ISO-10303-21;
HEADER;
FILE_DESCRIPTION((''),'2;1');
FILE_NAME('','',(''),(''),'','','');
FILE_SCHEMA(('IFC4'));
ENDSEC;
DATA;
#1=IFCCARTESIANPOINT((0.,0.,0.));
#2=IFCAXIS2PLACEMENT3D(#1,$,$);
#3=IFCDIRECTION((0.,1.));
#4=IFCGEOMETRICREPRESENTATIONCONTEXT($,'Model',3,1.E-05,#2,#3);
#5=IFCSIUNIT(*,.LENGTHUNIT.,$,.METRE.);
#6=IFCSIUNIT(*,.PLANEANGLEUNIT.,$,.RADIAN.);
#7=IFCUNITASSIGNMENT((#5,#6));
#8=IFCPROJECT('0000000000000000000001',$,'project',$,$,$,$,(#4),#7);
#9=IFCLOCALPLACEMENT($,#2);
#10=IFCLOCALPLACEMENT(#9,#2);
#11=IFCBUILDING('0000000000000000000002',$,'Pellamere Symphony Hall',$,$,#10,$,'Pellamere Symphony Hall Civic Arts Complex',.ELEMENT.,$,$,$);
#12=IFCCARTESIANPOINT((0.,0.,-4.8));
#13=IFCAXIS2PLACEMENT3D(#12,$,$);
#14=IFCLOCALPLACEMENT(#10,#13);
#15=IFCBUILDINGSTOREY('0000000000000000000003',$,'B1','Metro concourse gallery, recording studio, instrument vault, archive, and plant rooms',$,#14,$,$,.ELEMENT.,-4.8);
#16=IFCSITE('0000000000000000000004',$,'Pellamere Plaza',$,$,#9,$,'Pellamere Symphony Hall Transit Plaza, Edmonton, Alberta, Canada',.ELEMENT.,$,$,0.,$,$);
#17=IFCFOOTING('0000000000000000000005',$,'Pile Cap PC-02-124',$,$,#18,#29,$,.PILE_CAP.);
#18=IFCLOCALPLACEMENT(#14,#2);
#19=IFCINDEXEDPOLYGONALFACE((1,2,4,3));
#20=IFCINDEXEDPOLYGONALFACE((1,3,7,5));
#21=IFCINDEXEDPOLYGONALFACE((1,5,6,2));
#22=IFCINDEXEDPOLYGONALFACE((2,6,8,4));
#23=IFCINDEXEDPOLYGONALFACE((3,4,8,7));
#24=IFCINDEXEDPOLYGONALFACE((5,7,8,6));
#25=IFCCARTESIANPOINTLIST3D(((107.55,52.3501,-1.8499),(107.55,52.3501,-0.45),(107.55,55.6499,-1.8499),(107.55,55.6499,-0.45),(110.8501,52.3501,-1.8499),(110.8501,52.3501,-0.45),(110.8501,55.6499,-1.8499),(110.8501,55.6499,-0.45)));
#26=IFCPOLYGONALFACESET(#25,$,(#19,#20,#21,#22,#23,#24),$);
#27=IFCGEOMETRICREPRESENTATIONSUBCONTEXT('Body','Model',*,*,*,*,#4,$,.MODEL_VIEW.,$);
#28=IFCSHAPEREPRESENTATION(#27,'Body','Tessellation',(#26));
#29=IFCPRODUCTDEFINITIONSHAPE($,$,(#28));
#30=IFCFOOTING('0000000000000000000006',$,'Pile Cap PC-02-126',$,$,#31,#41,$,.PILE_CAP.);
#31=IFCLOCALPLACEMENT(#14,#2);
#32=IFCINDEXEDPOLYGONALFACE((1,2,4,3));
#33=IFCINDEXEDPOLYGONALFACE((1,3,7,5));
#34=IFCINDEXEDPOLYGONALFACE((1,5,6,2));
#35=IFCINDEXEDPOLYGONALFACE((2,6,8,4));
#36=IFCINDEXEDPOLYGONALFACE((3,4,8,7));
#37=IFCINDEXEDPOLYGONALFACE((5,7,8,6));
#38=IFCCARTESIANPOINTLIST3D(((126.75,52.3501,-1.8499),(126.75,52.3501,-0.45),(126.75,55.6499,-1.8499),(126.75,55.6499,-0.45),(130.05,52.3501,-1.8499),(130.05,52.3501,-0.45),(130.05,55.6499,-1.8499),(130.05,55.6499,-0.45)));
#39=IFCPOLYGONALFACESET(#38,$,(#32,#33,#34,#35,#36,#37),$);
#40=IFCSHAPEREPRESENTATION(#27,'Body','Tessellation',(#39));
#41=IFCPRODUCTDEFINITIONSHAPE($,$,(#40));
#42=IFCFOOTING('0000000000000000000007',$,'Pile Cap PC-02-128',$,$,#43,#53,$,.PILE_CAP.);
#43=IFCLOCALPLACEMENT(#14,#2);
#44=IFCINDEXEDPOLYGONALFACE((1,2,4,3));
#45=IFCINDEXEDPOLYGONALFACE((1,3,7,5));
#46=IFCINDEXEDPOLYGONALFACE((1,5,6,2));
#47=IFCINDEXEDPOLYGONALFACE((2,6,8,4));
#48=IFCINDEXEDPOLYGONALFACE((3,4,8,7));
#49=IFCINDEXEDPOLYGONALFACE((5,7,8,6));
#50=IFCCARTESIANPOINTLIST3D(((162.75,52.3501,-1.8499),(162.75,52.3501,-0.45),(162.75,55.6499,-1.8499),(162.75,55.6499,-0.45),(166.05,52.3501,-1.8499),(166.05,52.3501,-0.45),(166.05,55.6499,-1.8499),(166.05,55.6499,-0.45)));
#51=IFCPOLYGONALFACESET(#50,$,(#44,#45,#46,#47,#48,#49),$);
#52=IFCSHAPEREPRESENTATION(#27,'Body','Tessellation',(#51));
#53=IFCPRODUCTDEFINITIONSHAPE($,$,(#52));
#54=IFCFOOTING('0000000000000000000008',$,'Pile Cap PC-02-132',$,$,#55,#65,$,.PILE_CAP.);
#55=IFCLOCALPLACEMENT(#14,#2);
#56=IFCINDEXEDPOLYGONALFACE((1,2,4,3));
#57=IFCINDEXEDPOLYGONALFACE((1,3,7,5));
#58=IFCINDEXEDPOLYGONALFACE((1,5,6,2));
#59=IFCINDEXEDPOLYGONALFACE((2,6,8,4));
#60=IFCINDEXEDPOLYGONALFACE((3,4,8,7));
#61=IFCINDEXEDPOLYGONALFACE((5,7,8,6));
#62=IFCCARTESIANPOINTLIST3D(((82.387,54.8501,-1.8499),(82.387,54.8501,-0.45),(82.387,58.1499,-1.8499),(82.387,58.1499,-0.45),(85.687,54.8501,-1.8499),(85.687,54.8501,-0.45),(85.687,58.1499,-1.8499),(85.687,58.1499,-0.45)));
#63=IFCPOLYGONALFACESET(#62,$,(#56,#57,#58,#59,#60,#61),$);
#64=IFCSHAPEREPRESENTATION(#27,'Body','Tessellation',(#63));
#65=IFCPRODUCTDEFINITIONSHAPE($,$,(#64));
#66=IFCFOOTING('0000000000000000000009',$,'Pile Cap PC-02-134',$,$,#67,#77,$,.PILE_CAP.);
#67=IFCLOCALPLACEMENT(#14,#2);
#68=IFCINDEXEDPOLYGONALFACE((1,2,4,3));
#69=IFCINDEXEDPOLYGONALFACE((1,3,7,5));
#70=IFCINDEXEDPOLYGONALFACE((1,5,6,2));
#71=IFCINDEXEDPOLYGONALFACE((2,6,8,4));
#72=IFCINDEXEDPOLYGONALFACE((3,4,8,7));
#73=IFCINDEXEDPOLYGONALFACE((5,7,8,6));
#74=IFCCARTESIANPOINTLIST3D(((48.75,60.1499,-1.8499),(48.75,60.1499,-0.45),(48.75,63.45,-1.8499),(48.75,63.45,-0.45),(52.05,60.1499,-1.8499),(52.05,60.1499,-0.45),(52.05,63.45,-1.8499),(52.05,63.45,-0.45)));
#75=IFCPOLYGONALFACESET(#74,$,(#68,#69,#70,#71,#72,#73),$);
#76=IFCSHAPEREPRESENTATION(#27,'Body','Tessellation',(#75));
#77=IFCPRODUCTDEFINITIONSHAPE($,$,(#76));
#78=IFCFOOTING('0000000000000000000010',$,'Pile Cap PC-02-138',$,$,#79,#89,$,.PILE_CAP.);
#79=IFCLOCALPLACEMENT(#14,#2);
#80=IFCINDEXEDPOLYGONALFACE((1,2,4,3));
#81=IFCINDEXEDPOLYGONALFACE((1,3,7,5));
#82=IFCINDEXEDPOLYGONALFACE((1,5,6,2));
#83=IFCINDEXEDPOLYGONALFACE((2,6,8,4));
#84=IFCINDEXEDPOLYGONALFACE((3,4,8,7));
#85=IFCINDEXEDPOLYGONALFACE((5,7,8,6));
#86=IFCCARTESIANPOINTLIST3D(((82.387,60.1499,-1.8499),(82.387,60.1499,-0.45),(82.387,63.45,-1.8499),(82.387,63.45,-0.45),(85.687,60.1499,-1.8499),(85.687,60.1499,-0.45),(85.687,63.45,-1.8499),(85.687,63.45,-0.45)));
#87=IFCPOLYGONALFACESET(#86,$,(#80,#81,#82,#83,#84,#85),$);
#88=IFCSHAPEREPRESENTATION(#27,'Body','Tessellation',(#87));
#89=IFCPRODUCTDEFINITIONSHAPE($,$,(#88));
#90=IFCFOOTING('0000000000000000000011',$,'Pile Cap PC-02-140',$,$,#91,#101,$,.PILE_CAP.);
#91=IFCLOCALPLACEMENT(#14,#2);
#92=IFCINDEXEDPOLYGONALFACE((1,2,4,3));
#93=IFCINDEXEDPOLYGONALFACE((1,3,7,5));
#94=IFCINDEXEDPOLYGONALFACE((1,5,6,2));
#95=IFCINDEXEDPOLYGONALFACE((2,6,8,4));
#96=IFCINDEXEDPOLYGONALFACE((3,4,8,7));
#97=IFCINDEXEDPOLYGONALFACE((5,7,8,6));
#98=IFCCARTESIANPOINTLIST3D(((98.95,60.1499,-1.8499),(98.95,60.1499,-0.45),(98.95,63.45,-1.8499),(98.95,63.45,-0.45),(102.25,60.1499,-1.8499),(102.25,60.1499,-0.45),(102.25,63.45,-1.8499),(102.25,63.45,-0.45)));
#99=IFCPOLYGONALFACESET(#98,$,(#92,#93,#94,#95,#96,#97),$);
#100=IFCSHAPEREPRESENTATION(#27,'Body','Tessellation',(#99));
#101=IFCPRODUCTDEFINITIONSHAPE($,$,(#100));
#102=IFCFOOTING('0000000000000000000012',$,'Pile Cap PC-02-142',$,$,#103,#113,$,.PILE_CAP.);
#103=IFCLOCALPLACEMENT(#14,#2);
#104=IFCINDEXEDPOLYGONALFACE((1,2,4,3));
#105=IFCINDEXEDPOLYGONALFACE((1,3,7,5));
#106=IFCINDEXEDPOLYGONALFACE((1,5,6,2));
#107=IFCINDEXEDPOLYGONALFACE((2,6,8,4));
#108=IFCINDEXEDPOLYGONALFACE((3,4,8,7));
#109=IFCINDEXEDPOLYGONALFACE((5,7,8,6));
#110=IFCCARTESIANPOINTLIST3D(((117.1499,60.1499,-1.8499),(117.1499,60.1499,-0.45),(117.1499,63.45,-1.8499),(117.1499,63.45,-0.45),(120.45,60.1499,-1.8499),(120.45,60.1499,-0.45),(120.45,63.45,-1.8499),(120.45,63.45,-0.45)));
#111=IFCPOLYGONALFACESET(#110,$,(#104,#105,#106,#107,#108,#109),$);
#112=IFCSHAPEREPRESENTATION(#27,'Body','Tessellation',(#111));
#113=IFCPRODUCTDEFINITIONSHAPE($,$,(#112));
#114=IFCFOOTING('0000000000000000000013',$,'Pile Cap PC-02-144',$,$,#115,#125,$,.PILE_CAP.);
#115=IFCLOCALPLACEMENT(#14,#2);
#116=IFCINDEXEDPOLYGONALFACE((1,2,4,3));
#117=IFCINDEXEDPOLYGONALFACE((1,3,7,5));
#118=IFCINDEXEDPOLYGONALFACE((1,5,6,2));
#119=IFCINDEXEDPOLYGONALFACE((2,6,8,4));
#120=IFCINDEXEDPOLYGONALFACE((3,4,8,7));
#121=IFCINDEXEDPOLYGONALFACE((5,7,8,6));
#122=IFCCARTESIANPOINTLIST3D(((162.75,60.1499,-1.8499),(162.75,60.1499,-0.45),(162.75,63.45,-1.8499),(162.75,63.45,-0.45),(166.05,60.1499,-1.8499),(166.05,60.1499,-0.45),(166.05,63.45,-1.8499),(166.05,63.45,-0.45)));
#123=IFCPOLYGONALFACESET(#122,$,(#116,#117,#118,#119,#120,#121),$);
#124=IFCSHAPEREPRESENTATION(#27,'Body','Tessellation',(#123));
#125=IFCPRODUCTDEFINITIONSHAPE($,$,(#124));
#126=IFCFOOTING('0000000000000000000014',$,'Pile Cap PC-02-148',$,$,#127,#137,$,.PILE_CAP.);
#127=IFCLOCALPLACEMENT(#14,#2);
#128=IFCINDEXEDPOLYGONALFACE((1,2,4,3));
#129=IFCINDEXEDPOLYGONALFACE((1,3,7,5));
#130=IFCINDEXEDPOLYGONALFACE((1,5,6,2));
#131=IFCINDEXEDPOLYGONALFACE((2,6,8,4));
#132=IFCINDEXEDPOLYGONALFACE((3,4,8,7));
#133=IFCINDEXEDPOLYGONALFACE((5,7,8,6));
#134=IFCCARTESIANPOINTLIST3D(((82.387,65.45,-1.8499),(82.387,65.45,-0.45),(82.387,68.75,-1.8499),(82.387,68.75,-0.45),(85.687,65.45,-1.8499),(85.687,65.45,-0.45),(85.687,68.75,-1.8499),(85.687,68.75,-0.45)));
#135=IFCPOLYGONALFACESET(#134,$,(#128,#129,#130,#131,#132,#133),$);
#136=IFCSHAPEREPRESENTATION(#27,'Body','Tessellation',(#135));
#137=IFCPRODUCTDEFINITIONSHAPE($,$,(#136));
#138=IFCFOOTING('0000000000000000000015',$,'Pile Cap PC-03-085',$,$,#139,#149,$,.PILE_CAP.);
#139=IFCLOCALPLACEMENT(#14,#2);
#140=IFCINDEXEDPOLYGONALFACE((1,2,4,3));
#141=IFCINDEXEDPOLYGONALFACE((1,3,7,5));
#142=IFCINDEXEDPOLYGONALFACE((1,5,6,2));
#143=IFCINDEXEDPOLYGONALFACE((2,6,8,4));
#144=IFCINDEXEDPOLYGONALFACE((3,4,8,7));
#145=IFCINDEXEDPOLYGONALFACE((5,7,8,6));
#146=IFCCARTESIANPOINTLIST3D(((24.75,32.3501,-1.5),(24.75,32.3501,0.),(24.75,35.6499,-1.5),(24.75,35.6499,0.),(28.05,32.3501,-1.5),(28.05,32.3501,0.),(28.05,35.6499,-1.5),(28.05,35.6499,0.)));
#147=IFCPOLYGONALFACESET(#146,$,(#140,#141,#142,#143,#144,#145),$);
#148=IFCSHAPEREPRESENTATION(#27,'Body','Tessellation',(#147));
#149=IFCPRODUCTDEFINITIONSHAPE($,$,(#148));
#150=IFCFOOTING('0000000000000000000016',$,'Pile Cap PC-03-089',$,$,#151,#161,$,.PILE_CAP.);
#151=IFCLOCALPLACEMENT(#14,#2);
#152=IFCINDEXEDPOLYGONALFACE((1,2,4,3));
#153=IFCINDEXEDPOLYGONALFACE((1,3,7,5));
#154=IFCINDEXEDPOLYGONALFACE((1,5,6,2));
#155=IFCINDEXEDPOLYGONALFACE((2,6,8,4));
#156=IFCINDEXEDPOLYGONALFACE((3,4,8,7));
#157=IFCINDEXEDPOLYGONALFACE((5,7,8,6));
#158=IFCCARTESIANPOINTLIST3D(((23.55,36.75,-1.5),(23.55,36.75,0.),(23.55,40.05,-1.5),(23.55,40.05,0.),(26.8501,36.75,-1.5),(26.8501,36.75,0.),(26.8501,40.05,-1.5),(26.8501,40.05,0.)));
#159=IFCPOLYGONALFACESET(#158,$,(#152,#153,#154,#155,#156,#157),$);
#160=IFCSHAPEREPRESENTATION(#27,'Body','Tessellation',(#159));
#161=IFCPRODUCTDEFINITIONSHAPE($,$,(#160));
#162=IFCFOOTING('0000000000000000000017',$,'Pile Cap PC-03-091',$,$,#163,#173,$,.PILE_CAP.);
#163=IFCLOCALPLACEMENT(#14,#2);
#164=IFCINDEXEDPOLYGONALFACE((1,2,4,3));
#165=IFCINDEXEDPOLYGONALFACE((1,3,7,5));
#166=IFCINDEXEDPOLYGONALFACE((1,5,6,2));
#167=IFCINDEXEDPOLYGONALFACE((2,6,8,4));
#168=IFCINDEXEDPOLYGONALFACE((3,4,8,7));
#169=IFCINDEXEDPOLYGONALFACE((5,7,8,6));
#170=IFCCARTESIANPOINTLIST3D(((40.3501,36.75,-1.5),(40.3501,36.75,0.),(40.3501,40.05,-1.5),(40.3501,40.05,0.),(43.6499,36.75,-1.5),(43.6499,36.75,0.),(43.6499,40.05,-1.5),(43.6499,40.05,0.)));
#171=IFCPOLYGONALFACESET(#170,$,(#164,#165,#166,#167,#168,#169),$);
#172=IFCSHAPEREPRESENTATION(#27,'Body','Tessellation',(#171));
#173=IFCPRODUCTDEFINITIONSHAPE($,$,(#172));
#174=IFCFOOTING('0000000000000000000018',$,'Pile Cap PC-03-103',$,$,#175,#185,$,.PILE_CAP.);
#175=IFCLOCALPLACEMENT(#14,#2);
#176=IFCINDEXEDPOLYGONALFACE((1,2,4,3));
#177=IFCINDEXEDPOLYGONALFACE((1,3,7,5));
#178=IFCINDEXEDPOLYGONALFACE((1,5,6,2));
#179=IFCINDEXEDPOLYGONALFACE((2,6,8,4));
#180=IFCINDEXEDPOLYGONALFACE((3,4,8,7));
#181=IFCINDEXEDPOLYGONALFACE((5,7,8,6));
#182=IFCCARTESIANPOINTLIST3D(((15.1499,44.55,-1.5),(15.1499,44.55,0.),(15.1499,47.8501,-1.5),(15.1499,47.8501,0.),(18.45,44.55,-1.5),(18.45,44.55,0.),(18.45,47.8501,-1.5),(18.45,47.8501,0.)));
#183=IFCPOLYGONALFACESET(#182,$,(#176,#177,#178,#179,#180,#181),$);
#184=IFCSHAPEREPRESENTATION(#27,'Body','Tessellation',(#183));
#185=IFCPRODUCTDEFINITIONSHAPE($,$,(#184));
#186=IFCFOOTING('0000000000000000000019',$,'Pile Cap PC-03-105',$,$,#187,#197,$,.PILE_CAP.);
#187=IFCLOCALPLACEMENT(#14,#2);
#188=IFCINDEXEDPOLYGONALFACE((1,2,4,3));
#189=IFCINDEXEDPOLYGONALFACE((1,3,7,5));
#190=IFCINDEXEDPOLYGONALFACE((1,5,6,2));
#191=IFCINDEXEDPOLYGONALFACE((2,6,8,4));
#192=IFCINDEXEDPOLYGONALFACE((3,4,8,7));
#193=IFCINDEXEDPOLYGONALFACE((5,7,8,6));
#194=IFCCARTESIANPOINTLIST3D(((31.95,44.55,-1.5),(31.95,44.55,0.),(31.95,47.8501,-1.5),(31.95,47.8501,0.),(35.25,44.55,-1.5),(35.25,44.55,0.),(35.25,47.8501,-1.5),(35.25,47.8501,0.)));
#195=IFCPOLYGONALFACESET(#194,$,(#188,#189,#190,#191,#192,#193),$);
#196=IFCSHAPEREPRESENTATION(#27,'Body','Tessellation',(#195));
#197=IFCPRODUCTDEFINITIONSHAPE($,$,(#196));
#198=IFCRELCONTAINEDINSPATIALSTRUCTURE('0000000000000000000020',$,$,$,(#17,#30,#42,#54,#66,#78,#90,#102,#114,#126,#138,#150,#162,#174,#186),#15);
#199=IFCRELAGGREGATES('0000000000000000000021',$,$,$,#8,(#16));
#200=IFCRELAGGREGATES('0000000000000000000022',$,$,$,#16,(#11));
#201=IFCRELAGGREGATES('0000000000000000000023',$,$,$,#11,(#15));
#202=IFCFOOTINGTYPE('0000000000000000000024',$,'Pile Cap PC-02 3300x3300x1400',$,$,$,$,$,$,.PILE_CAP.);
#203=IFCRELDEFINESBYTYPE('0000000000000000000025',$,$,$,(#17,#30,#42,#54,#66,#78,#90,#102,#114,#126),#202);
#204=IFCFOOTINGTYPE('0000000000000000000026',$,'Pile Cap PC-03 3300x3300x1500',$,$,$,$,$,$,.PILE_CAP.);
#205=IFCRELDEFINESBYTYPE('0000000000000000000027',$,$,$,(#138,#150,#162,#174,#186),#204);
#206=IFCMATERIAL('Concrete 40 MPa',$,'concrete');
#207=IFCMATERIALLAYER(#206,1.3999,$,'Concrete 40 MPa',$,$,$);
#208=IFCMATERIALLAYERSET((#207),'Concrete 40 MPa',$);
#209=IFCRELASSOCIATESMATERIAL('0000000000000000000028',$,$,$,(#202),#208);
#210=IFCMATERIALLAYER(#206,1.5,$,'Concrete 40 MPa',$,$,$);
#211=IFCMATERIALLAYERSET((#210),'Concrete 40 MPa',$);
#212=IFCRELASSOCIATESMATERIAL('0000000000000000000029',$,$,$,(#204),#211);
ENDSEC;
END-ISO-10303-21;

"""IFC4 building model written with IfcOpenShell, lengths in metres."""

from ifc_helpers import new_model, si_unit, direction, frame, origin, place, context, subcontext, project, spatial, polyline, outline, extrude, material, layer, layer_set, type_object, element, save


model = new_model("IFC4")

# Units and contexts
model_context = context("Model", 3, precision=1e-05, world=origin(), true_north=direction((0.0, 1.0)))
body_context = subcontext(model_context, "Body", "Model", "MODEL_VIEW")
ifc_project = project(units=[si_unit("LENGTHUNIT", "METRE"), si_unit("PLANEANGLEUNIT", "RADIAN")], contexts=[model_context])

# Site, building, storey
site_placement = place(None, origin())
site = spatial("IfcSite", under=ifc_project, at=site_placement, Name="Pellamere Plaza", LongName="Pellamere Symphony Hall Transit Plaza, Edmonton, Alberta, Canada", CompositionType="ELEMENT", RefElevation=0.0)
building_placement = place(site_placement, origin())
building = spatial("IfcBuilding", under=site, at=building_placement, Name="Pellamere Symphony Hall", LongName="Pellamere Symphony Hall Civic Arts Complex", CompositionType="ELEMENT")
storey_placement = place(building_placement, frame((0.0, 0.0, -4.8)))
storey = spatial("IfcBuildingStorey", under=building, at=storey_placement, Name="B1", Description="Metro concourse gallery, recording studio, instrument vault, archive, and plant rooms", CompositionType="ELEMENT", Elevation=-4.8)

# Footings
ifc_material = material(Name="Concrete 40 MPa", Category="concrete")
ifc_layer_1 = layer(ifc_material, 1.3999, Name="Concrete 40 MPa")
ifc_layer_set_1 = layer_set([ifc_layer_1], Name="Concrete 40 MPa")
footing_type_1 = type_object("IfcFootingType", Name="Pile Cap PC-02 3300x3300x1400", PredefinedType="PILE_CAP", material=ifc_layer_set_1)
footing_1_placement = place(storey_placement, frame((0.0, 0.0, -1.8499)))
element("IfcFooting", 1, at=footing_1_placement, inside=storey, type_object=footing_type_1, Name="Pile Cap PC-02-124", PredefinedType="PILE_CAP", context=body_context, shape_type="SweptSolid", body=[
    extrude(outline(polyline([(110.8501, 52.3501), (107.55, 52.3501), (107.55, 55.6499), (110.8501, 55.6499), (110.8501, 52.3501)])), origin(), (0.0, 0.0, 1.0), 1.3999),
])
footing_2_placement = place(storey_placement, frame((0.0, 0.0, -1.8499)))
element("IfcFooting", 2, at=footing_2_placement, inside=storey, type_object=footing_type_1, Name="Pile Cap PC-02-126", PredefinedType="PILE_CAP", context=body_context, shape_type="SweptSolid", body=[
    extrude(outline(polyline([(130.05, 52.3501), (126.75, 52.3501), (126.75, 55.6499), (130.05, 55.6499), (130.05, 52.3501)])), origin(), (0.0, 0.0, 1.0), 1.3999),
])
footing_3_placement = place(storey_placement, frame((0.0, 0.0, -1.8499)))
element("IfcFooting", 3, at=footing_3_placement, inside=storey, type_object=footing_type_1, Name="Pile Cap PC-02-128", PredefinedType="PILE_CAP", context=body_context, shape_type="SweptSolid", body=[
    extrude(outline(polyline([(162.75, 52.3501), (162.75, 55.6499), (166.05, 55.6499), (166.05, 52.3501), (162.75, 52.3501)])), origin(), (0.0, 0.0, 1.0), 1.3999),
])
footing_4_placement = place(storey_placement, frame((0.0, 0.0, -1.8499)))
element("IfcFooting", 4, at=footing_4_placement, inside=storey, type_object=footing_type_1, Name="Pile Cap PC-02-132", PredefinedType="PILE_CAP", context=body_context, shape_type="SweptSolid", body=[
    extrude(outline(polyline([(82.387, 54.8501), (82.387, 58.1499), (85.687, 58.1499), (85.687, 54.8501), (82.387, 54.8501)])), origin(), (0.0, 0.0, 1.0), 1.3999),
])
footing_5_placement = place(storey_placement, frame((0.0, 0.0, -1.8499)))
element("IfcFooting", 5, at=footing_5_placement, inside=storey, type_object=footing_type_1, Name="Pile Cap PC-02-134", PredefinedType="PILE_CAP", context=body_context, shape_type="SweptSolid", body=[
    extrude(outline(polyline([(48.75, 60.1499), (48.75, 63.45), (52.05, 63.45), (52.05, 60.1499), (48.75, 60.1499)])), origin(), (0.0, 0.0, 1.0), 1.3999),
])
footing_6_placement = place(storey_placement, frame((0.0, 0.0, -1.8499)))
element("IfcFooting", 6, at=footing_6_placement, inside=storey, type_object=footing_type_1, Name="Pile Cap PC-02-138", PredefinedType="PILE_CAP", context=body_context, shape_type="SweptSolid", body=[
    extrude(outline(polyline([(82.387, 60.1499), (82.387, 63.45), (85.687, 63.45), (85.687, 60.1499), (82.387, 60.1499)])), origin(), (0.0, 0.0, 1.0), 1.3999),
])
footing_7_placement = place(storey_placement, frame((0.0, 0.0, -1.8499)))
element("IfcFooting", 7, at=footing_7_placement, inside=storey, type_object=footing_type_1, Name="Pile Cap PC-02-140", PredefinedType="PILE_CAP", context=body_context, shape_type="SweptSolid", body=[
    extrude(outline(polyline([(98.95, 60.1499), (98.95, 63.45), (102.25, 63.45), (102.25, 60.1499), (98.95, 60.1499)])), origin(), (0.0, 0.0, 1.0), 1.3999),
])
footing_8_placement = place(storey_placement, frame((0.0, 0.0, -1.8499)))
element("IfcFooting", 8, at=footing_8_placement, inside=storey, type_object=footing_type_1, Name="Pile Cap PC-02-142", PredefinedType="PILE_CAP", context=body_context, shape_type="SweptSolid", body=[
    extrude(outline(polyline([(120.45, 60.1499), (117.1499, 60.1499), (117.1499, 63.45), (120.45, 63.45), (120.45, 60.1499)])), origin(), (0.0, 0.0, 1.0), 1.3999),
])
footing_9_placement = place(storey_placement, frame((0.0, 0.0, -1.8499)))
element("IfcFooting", 9, at=footing_9_placement, inside=storey, type_object=footing_type_1, Name="Pile Cap PC-02-144", PredefinedType="PILE_CAP", context=body_context, shape_type="SweptSolid", body=[
    extrude(outline(polyline([(162.75, 60.1499), (162.75, 63.45), (166.05, 63.45), (166.05, 60.1499), (162.75, 60.1499)])), origin(), (0.0, 0.0, 1.0), 1.3999),
])
footing_10_placement = place(storey_placement, frame((0.0, 0.0, -1.8499)))
element("IfcFooting", 10, at=footing_10_placement, inside=storey, type_object=footing_type_1, Name="Pile Cap PC-02-148", PredefinedType="PILE_CAP", context=body_context, shape_type="SweptSolid", body=[
    extrude(outline(polyline([(85.687, 65.45), (82.387, 65.45), (82.387, 68.75), (85.687, 68.75), (85.687, 65.45)])), origin(), (0.0, 0.0, 1.0), 1.3999),
])
ifc_layer_2 = layer(ifc_material, 1.5, Name="Concrete 40 MPa")
ifc_layer_set_2 = layer_set([ifc_layer_2], Name="Concrete 40 MPa")
footing_type_2 = type_object("IfcFootingType", Name="Pile Cap PC-03 3300x3300x1500", PredefinedType="PILE_CAP", material=ifc_layer_set_2)
footing_11_placement = place(storey_placement, frame((0.0, 0.0, -1.5)))
element("IfcFooting", 11, at=footing_11_placement, inside=storey, type_object=footing_type_2, Name="Pile Cap PC-03-085", PredefinedType="PILE_CAP", context=body_context, shape_type="SweptSolid", body=[
    extrude(outline(polyline([(24.75, 32.3501), (24.75, 35.6499), (28.05, 35.6499), (28.05, 32.3501), (24.75, 32.3501)])), origin(), (0.0, 0.0, 1.0), 1.5),
])
footing_12_placement = place(storey_placement, frame((0.0, 0.0, -1.5)))
element("IfcFooting", 12, at=footing_12_placement, inside=storey, type_object=footing_type_2, Name="Pile Cap PC-03-089", PredefinedType="PILE_CAP", context=body_context, shape_type="SweptSolid", body=[
    extrude(outline(polyline([(26.8501, 36.75), (23.55, 36.75), (23.55, 40.05), (26.8501, 40.05), (26.8501, 36.75)])), origin(), (0.0, 0.0, 1.0), 1.5),
])
footing_13_placement = place(storey_placement, frame((0.0, 0.0, -1.5)))
element("IfcFooting", 13, at=footing_13_placement, inside=storey, type_object=footing_type_2, Name="Pile Cap PC-03-091", PredefinedType="PILE_CAP", context=body_context, shape_type="SweptSolid", body=[
    extrude(outline(polyline([(40.3501, 36.75), (40.3501, 40.05), (43.6499, 40.05), (43.6499, 36.75), (40.3501, 36.75)])), origin(), (0.0, 0.0, 1.0), 1.5),
])
footing_14_placement = place(storey_placement, frame((0.0, 0.0, -1.5)))
element("IfcFooting", 14, at=footing_14_placement, inside=storey, type_object=footing_type_2, Name="Pile Cap PC-03-103", PredefinedType="PILE_CAP", context=body_context, shape_type="SweptSolid", body=[
    extrude(outline(polyline([(18.45, 44.55), (15.1499, 44.55), (15.1499, 47.8501), (18.45, 47.8501), (18.45, 44.55)])), origin(), (0.0, 0.0, 1.0), 1.5),
])
footing_15_placement = place(storey_placement, frame((0.0, 0.0, -1.5)))
element("IfcFooting", 15, at=footing_15_placement, inside=storey, type_object=footing_type_2, Name="Pile Cap PC-03-105", PredefinedType="PILE_CAP", context=body_context, shape_type="SweptSolid", body=[
    extrude(outline(polyline([(31.95, 44.55), (31.95, 47.8501), (35.25, 47.8501), (35.25, 44.55), (31.95, 44.55)])), origin(), (0.0, 0.0, 1.0), 1.5),
])

save(model, "model.ifc")
